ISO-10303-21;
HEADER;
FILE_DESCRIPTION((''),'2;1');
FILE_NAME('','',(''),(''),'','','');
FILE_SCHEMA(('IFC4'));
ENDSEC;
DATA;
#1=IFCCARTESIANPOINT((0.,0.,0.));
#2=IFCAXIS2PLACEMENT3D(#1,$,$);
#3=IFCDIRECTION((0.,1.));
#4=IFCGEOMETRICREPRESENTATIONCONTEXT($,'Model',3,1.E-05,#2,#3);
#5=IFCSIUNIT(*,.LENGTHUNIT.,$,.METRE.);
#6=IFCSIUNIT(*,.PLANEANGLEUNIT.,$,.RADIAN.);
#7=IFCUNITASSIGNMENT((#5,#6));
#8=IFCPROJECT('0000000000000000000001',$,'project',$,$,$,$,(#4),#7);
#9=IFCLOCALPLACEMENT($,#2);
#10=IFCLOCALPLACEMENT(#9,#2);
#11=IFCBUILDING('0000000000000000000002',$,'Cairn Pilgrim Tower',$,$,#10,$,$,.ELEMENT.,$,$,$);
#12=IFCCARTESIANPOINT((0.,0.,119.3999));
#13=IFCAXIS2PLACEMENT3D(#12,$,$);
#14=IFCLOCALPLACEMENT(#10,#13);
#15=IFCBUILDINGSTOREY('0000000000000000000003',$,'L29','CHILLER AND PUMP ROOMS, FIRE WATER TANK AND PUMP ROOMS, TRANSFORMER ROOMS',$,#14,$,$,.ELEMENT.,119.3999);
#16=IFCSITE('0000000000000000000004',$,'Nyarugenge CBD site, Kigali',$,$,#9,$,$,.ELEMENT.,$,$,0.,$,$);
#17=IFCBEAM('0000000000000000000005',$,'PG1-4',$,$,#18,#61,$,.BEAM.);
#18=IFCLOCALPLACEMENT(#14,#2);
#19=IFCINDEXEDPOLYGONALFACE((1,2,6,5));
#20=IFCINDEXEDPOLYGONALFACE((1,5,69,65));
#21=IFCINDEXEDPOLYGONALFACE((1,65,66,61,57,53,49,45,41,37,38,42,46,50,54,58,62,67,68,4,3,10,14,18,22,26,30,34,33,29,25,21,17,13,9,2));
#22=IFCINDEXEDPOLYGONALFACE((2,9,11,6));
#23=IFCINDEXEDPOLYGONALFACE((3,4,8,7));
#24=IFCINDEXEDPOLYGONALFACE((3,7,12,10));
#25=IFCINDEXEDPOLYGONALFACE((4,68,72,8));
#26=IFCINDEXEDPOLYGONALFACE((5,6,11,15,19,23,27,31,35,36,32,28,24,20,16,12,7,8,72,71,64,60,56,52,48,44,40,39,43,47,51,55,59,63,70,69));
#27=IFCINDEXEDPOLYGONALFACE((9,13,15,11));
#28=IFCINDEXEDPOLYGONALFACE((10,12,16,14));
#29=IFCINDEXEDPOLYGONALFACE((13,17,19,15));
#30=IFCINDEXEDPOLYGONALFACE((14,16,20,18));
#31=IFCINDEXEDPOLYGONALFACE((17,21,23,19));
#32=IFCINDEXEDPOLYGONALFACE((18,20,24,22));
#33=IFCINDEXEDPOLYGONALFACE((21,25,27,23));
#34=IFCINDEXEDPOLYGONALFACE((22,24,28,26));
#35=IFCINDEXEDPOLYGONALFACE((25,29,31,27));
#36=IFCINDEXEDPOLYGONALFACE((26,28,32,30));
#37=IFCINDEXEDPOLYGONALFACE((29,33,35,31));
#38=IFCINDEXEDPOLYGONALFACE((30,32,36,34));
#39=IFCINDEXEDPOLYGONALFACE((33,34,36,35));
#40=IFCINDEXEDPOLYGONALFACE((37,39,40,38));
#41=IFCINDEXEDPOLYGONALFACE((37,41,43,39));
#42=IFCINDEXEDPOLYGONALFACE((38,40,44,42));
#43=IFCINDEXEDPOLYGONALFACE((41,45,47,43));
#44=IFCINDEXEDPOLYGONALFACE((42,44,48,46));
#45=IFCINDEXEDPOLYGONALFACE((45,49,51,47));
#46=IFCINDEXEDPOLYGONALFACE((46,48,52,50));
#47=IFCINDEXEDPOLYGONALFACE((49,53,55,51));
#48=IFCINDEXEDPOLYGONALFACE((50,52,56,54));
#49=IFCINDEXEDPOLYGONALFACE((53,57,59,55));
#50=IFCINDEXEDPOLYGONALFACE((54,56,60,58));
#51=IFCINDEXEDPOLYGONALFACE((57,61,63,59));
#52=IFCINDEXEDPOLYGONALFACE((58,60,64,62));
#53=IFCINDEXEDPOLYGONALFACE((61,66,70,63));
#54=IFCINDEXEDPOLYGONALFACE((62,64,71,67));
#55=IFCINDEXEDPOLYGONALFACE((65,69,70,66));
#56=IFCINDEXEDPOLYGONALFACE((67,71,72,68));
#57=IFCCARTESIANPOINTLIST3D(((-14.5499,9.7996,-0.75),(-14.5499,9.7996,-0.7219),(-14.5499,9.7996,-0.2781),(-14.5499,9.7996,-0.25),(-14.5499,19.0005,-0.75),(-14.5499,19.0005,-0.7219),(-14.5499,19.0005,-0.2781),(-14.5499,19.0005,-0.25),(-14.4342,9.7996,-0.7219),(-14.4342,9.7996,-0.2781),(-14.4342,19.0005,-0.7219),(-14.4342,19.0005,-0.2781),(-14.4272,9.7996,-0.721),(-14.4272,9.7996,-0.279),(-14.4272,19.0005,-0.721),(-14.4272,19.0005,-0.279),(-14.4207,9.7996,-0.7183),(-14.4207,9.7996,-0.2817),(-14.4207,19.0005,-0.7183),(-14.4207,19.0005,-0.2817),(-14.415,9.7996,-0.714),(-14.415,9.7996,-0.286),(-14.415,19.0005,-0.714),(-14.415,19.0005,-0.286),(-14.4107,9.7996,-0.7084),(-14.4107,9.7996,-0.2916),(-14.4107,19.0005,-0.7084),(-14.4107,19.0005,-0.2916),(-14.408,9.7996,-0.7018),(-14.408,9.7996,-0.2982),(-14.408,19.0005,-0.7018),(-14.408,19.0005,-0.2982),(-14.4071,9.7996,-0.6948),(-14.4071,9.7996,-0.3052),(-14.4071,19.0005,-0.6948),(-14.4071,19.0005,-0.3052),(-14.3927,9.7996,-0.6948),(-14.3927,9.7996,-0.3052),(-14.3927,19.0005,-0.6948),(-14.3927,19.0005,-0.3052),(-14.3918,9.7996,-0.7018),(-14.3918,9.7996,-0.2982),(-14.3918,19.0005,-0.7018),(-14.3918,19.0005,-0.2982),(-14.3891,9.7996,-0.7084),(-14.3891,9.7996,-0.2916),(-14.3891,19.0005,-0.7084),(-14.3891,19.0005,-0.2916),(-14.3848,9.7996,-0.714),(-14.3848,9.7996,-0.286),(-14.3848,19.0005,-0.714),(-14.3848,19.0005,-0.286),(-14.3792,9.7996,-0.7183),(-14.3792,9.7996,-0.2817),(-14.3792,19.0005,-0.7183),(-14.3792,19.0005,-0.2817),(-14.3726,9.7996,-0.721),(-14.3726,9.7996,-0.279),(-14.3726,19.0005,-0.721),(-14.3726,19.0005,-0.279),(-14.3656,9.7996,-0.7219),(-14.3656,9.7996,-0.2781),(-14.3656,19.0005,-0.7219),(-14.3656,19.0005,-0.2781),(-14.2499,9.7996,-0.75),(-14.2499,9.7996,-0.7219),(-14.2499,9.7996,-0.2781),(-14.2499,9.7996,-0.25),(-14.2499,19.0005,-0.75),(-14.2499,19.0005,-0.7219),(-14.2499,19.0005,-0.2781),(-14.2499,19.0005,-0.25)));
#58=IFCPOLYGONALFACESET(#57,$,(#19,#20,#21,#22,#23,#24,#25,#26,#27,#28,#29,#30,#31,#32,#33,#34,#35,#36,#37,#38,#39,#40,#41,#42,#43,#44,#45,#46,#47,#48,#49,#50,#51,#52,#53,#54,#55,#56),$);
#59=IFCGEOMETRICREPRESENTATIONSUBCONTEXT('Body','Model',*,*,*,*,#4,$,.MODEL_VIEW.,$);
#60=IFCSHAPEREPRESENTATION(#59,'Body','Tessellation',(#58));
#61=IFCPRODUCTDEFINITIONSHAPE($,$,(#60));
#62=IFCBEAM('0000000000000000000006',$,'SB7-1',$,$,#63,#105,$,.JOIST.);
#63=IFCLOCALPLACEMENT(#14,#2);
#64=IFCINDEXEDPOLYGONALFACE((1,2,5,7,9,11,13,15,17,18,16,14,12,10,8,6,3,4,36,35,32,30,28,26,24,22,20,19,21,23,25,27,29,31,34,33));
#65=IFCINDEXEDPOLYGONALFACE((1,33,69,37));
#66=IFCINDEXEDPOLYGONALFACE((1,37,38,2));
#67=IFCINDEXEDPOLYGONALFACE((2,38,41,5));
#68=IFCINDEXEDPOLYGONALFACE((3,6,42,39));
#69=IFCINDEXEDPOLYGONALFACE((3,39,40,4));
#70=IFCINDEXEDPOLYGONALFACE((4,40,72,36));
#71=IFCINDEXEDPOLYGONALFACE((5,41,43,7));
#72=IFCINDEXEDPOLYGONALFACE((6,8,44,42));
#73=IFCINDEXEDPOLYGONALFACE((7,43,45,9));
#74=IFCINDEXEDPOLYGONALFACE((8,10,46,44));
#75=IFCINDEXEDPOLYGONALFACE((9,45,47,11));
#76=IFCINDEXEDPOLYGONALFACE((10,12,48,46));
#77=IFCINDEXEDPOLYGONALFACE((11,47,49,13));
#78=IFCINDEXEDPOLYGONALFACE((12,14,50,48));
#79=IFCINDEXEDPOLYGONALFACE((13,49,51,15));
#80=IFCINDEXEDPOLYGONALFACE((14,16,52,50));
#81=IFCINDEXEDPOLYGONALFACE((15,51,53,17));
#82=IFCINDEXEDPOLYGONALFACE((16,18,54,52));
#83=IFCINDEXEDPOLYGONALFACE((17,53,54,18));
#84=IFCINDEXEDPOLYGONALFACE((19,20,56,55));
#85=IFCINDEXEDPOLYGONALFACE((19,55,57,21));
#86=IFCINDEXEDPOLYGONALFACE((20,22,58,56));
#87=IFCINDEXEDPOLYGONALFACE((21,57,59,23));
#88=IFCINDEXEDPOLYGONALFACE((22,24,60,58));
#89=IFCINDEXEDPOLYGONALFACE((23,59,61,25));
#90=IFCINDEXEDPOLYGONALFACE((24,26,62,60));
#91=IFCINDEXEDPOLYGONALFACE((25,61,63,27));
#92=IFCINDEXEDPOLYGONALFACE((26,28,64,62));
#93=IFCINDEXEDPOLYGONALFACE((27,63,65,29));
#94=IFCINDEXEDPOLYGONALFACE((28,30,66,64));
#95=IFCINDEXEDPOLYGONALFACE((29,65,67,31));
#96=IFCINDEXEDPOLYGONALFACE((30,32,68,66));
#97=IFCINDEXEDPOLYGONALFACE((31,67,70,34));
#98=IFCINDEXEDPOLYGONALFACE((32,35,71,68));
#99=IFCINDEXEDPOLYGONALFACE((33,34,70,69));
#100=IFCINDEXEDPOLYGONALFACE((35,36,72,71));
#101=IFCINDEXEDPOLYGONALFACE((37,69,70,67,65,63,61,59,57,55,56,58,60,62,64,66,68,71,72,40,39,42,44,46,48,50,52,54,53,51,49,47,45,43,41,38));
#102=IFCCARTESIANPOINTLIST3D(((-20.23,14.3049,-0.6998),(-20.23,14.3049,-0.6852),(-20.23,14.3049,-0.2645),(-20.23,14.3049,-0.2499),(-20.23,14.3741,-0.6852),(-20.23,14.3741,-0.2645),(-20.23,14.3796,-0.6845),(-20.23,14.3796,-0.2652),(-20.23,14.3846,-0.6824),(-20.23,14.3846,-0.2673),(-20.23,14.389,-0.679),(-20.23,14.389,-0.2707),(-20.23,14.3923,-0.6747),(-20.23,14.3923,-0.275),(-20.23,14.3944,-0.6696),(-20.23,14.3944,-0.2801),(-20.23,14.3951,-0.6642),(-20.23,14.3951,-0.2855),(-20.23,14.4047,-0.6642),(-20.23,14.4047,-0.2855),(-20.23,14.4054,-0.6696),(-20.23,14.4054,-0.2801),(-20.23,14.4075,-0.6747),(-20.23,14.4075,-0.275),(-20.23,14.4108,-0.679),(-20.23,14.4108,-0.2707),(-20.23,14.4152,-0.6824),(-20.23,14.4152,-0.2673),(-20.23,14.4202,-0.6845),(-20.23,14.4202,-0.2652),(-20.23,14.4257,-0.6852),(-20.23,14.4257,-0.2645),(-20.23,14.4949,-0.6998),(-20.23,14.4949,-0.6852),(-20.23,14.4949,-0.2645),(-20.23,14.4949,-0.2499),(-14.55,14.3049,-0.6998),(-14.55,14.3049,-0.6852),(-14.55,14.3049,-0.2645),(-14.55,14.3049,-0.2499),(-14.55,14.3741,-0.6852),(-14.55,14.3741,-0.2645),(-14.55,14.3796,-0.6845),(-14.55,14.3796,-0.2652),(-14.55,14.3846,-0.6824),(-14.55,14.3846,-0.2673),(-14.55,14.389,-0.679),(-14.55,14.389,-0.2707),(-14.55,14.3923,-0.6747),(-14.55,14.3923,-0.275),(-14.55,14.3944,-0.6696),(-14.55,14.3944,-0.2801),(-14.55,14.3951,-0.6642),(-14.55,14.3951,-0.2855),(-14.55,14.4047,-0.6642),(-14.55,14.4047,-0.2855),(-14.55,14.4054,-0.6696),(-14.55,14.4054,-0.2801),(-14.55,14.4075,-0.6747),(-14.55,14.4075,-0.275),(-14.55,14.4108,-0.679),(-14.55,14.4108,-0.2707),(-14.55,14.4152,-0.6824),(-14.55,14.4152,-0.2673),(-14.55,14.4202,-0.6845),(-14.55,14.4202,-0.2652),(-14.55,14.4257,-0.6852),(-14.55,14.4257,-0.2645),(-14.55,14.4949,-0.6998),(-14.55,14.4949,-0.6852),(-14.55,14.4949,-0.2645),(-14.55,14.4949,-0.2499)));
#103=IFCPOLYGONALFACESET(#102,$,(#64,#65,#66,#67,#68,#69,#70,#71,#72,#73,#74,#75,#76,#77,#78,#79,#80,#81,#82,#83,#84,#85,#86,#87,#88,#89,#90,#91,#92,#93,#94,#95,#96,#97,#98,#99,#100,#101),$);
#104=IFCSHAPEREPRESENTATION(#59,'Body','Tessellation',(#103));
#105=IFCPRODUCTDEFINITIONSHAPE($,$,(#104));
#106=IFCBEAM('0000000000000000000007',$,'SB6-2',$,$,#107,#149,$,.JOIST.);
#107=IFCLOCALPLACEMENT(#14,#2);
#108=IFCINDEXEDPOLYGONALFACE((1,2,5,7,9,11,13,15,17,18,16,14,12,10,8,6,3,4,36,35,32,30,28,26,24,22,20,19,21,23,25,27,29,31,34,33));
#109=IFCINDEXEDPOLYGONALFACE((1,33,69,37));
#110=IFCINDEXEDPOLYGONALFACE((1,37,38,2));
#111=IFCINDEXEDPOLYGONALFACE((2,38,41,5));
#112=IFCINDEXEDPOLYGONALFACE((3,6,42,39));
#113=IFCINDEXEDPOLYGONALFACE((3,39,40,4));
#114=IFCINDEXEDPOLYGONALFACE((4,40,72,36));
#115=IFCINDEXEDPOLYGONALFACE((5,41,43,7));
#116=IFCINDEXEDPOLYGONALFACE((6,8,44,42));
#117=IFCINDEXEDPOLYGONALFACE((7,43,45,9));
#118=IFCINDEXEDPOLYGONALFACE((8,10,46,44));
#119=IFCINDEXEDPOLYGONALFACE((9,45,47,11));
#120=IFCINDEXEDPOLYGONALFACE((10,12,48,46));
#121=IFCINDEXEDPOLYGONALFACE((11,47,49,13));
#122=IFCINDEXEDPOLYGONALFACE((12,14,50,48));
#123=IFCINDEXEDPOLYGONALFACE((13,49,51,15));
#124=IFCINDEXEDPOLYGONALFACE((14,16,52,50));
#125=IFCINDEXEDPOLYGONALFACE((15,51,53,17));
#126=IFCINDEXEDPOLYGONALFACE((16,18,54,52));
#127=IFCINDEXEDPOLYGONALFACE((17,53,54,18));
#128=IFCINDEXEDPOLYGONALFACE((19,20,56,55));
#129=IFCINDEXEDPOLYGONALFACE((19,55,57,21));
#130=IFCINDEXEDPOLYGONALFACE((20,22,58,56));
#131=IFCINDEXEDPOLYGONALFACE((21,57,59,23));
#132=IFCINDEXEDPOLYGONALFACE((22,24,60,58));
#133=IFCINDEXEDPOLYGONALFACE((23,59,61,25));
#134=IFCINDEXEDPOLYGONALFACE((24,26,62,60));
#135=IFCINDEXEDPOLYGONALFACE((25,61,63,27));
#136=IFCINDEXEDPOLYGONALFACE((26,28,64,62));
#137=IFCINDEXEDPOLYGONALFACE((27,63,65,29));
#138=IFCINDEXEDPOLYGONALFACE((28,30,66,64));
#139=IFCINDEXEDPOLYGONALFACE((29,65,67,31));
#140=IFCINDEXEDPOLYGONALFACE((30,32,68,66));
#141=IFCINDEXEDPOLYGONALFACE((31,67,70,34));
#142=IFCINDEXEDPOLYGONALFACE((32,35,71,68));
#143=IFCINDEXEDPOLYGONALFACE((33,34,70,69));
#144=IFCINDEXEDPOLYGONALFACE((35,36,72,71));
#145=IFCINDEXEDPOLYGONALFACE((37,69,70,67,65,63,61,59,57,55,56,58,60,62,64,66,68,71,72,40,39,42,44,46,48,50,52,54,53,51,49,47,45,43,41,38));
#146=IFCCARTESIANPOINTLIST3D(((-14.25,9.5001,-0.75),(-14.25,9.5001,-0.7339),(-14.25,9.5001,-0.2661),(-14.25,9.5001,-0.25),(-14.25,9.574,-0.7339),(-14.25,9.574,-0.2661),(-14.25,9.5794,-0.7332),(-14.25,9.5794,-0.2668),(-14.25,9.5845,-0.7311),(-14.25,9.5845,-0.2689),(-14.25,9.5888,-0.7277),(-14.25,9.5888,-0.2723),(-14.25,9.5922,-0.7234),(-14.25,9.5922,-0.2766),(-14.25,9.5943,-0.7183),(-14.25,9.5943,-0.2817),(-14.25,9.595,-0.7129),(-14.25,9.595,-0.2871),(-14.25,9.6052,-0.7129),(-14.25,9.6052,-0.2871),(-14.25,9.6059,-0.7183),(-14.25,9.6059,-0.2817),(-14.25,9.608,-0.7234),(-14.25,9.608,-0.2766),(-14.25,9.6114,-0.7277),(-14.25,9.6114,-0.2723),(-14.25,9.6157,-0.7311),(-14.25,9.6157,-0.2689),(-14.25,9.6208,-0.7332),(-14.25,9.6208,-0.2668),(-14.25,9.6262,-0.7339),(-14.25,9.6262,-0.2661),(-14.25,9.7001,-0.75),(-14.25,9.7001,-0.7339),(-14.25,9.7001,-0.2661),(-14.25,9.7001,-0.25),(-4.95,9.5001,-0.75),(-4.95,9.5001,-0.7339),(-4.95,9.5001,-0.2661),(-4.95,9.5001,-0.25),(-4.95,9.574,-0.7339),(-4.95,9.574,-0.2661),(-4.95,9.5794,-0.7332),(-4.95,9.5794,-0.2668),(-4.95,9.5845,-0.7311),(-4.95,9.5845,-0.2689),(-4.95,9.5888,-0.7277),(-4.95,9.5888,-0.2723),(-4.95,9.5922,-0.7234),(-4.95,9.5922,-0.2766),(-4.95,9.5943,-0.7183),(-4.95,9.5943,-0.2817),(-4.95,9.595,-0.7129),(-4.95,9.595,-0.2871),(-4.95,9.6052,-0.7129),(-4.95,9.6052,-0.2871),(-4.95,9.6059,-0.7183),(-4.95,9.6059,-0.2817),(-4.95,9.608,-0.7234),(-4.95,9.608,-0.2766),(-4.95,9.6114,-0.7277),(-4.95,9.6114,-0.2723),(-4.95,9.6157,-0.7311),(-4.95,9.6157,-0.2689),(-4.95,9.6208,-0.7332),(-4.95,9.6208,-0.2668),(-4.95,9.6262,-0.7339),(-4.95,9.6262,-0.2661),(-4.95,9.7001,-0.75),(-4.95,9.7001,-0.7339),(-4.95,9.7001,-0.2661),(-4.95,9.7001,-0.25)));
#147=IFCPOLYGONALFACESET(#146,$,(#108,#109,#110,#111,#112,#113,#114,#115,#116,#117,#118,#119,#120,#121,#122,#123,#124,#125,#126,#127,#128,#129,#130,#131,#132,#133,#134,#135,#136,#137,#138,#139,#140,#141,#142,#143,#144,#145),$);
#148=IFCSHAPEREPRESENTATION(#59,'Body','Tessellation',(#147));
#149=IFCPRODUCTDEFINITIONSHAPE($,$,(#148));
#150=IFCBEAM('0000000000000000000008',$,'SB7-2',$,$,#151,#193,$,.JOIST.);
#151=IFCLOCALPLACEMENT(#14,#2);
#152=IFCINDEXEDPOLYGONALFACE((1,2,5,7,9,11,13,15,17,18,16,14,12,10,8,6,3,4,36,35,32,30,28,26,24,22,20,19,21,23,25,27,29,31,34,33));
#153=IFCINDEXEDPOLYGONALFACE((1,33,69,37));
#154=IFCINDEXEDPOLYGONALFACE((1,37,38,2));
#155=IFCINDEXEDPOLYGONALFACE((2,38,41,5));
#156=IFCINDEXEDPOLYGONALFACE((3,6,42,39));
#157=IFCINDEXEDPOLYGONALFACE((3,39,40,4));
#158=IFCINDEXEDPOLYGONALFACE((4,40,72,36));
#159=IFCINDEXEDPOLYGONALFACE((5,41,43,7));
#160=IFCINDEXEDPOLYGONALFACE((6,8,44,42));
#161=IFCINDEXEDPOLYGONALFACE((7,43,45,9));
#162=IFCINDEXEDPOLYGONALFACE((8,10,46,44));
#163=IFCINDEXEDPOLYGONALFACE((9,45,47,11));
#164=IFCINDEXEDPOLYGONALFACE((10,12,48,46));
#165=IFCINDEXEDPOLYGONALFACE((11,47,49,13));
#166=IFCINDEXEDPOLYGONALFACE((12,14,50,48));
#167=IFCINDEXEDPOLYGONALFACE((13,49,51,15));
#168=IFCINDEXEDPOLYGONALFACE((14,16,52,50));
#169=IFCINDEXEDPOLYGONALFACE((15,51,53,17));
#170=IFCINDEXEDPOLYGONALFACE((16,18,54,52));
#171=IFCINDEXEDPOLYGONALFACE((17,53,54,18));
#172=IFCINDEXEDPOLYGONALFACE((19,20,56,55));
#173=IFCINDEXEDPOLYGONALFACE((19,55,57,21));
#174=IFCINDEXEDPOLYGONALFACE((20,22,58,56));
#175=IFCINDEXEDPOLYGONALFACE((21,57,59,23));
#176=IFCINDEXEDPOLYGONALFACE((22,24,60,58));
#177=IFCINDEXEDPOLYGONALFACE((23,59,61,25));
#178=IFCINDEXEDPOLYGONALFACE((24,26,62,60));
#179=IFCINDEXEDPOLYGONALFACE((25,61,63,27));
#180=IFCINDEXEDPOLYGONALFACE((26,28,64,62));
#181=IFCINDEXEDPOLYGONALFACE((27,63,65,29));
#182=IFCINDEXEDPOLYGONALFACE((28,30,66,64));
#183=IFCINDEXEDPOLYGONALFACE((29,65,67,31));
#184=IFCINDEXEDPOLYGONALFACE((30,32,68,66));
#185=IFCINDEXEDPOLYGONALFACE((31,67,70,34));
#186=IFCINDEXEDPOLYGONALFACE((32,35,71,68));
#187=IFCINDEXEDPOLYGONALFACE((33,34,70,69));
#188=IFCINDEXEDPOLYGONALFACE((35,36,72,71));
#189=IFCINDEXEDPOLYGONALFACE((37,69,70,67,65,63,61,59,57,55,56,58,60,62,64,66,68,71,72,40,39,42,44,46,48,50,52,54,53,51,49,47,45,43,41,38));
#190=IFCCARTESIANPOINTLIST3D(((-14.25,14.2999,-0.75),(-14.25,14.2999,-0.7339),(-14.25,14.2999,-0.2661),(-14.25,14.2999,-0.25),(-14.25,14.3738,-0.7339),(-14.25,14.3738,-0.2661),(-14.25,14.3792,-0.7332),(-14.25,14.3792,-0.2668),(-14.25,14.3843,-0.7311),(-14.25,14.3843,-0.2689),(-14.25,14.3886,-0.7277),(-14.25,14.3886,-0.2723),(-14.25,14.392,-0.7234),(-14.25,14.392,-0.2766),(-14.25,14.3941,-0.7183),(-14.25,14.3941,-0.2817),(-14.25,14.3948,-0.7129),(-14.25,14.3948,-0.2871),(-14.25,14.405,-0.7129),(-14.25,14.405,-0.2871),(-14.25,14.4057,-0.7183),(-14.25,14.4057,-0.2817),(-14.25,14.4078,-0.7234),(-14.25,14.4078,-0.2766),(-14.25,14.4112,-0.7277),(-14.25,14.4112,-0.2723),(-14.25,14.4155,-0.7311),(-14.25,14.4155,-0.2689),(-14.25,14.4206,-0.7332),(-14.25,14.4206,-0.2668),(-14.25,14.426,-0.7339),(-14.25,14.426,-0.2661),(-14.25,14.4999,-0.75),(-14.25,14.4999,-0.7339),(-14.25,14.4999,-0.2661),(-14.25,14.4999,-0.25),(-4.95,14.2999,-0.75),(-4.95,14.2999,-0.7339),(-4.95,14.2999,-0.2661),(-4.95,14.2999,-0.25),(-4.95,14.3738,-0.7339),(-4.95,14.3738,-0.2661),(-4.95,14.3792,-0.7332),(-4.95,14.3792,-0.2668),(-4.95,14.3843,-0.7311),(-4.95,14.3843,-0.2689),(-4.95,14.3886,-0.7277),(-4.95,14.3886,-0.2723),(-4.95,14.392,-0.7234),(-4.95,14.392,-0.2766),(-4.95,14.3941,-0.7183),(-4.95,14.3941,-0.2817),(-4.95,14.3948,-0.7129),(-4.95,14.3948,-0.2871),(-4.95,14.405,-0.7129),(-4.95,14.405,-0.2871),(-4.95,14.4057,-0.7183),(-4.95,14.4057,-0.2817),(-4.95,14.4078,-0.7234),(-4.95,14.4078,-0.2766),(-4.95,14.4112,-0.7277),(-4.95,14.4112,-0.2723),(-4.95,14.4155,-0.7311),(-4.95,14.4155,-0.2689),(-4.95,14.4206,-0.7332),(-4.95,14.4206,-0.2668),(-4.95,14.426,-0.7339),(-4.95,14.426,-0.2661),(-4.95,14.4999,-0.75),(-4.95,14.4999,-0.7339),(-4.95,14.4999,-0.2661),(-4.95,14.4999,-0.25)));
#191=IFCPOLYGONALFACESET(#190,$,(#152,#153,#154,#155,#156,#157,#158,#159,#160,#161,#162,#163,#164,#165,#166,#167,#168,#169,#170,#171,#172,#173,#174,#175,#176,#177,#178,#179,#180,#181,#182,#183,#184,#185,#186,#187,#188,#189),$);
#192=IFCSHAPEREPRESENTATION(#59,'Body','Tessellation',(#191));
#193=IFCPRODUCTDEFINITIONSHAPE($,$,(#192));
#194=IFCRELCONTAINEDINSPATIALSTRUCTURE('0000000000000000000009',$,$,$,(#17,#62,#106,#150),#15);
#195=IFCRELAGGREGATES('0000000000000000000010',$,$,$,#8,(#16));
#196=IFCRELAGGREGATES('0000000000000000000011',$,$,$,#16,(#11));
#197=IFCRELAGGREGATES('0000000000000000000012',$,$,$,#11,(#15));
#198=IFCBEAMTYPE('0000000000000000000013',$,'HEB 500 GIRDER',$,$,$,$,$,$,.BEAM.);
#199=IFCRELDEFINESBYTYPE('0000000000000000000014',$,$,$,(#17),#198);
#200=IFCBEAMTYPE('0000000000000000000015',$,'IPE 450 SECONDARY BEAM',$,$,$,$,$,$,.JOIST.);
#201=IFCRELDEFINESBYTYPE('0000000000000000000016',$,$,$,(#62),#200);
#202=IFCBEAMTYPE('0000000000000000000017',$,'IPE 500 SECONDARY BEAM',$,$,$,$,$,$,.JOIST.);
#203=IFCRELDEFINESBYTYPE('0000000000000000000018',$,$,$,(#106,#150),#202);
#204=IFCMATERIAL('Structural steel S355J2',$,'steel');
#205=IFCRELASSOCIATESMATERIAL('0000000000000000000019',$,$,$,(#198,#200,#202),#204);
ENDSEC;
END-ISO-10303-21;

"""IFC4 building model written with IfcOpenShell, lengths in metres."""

from ifc_helpers import new_model, si_unit, direction, frame, origin, origin_2d, place, context, subcontext, project, spatial, i_section, extrude, material, material_profile, profile_set, type_object, element, save


model = new_model("IFC4")

# Units and contexts
model_context = context("Model", 3, precision=1e-05, world=origin(), true_north=direction((0.0, 1.0)))
body_context = subcontext(model_context, "Body", "Model", "MODEL_VIEW")
ifc_project = project(units=[si_unit("LENGTHUNIT", "METRE"), si_unit("PLANEANGLEUNIT", "RADIAN")], contexts=[model_context])

# Site, building, storey
site_placement = place(None, origin())
site = spatial("IfcSite", under=ifc_project, at=site_placement, Name="Nyarugenge CBD site, Kigali", CompositionType="ELEMENT", RefElevation=0.0)
building_placement = place(site_placement, origin())
building = spatial("IfcBuilding", under=site, at=building_placement, Name="Cairn Pilgrim Tower", CompositionType="ELEMENT")
storey_placement = place(building_placement, frame((0.0, 0.0, 119.3999)))
storey = spatial("IfcBuildingStorey", under=building, at=storey_placement, Name="L29", Description="CHILLER AND PUMP ROOMS, FIRE WATER TANK AND PUMP ROOMS, TRANSFORMER ROOMS", CompositionType="ELEMENT", Elevation=119.3999)

# Shared definitions
ifc_material_1 = material(Name="Structural steel S355J2", Category="steel")

# Beams
ifc_material_profile_1 = material_profile(ifc_material_1, i_section(OverallWidth=0.3, OverallDepth=0.5, WebThickness=0.0144, FlangeThickness=0.0281, FilletRadius=0.0271, at=origin_2d()), Name="HEB 500")
ifc_profile_set_1 = profile_set([ifc_material_profile_1], Name="Structural steel S355J2")
beam_type_1 = type_object("IfcBeamType", Name="HEB 500 GIRDER", PredefinedType="BEAM", material=ifc_profile_set_1)
beam_1_placement = place(storey_placement, frame((-14.3999, 9.7996, -0.5), z_axis=(0.0, 1.0, 0.0), x_axis=(-1.0, 0.0, 0.0)))
element("IfcBeam", 1, at=beam_1_placement, inside=storey, type_object=beam_type_1, Name="PG1-4", PredefinedType="BEAM", context=body_context, shape_type="SweptSolid", body=[
    extrude(i_section(OverallWidth=0.3, OverallDepth=0.5, WebThickness=0.0144, FlangeThickness=0.0281, FilletRadius=0.0271, at=origin_2d()), origin(), (0.0, 0.0, 1.0), 9.2009),
])
ifc_material_profile_2 = material_profile(ifc_material_1, i_section(OverallWidth=0.1899, OverallDepth=0.45, WebThickness=0.0095, FlangeThickness=0.0146, FilletRadius=0.021, at=origin_2d()), Name="IPE 450")
ifc_profile_set_2 = profile_set([ifc_material_profile_2], Name="Structural steel S355J2")
beam_type_2 = type_object("IfcBeamType", Name="IPE 450 SECONDARY BEAM", PredefinedType="JOIST", material=ifc_profile_set_2)
beam_2_placement = place(storey_placement, frame((-20.23, 14.3999, -0.4749), z_axis=(1.0, 0.0, 0.0), x_axis=(0.0, 1.0, 0.0)))
element("IfcBeam", 2, at=beam_2_placement, inside=storey, type_object=beam_type_2, Name="SB7-1", PredefinedType="JOIST", context=body_context, shape_type="SweptSolid", body=[
    extrude(i_section(OverallWidth=0.1899, OverallDepth=0.45, WebThickness=0.0095, FlangeThickness=0.0146, FilletRadius=0.021, at=origin_2d()), origin(), (0.0, 0.0, 1.0), 5.6799),
])
ifc_material_profile_3 = material_profile(ifc_material_1, i_section(OverallWidth=0.2, OverallDepth=0.5, WebThickness=0.0103, FlangeThickness=0.0161, FilletRadius=0.021, at=origin_2d()), Name="IPE 500")
ifc_profile_set_3 = profile_set([ifc_material_profile_3], Name="Structural steel S355J2")
beam_type_3 = type_object("IfcBeamType", Name="IPE 500 SECONDARY BEAM", PredefinedType="JOIST", material=ifc_profile_set_3)
for number, where, z_axis, x_axis, name in (
    (3, (-14.25, 9.6001, -0.5), (1.0, 0.0, 0.0), (0.0, 1.0, 0.0), "SB6-2"),
    (4, (-14.25, 14.3999, -0.5), (1.0, 0.0, 0.0), (0.0, 1.0, 0.0), "SB7-2"),
):
    element("IfcBeam", number, at=place(storey_placement, frame(where, z_axis=z_axis, x_axis=x_axis)), inside=storey, type_object=beam_type_3, Name=name, PredefinedType="JOIST", context=body_context, shape_type="SweptSolid", body=[
        extrude(i_section(OverallWidth=0.2, OverallDepth=0.5, WebThickness=0.0103, FlangeThickness=0.0161, FilletRadius=0.021, at=origin_2d()), origin(), (0.0, 0.0, 1.0), 9.3),
    ])

save(model, "model.ifc")
